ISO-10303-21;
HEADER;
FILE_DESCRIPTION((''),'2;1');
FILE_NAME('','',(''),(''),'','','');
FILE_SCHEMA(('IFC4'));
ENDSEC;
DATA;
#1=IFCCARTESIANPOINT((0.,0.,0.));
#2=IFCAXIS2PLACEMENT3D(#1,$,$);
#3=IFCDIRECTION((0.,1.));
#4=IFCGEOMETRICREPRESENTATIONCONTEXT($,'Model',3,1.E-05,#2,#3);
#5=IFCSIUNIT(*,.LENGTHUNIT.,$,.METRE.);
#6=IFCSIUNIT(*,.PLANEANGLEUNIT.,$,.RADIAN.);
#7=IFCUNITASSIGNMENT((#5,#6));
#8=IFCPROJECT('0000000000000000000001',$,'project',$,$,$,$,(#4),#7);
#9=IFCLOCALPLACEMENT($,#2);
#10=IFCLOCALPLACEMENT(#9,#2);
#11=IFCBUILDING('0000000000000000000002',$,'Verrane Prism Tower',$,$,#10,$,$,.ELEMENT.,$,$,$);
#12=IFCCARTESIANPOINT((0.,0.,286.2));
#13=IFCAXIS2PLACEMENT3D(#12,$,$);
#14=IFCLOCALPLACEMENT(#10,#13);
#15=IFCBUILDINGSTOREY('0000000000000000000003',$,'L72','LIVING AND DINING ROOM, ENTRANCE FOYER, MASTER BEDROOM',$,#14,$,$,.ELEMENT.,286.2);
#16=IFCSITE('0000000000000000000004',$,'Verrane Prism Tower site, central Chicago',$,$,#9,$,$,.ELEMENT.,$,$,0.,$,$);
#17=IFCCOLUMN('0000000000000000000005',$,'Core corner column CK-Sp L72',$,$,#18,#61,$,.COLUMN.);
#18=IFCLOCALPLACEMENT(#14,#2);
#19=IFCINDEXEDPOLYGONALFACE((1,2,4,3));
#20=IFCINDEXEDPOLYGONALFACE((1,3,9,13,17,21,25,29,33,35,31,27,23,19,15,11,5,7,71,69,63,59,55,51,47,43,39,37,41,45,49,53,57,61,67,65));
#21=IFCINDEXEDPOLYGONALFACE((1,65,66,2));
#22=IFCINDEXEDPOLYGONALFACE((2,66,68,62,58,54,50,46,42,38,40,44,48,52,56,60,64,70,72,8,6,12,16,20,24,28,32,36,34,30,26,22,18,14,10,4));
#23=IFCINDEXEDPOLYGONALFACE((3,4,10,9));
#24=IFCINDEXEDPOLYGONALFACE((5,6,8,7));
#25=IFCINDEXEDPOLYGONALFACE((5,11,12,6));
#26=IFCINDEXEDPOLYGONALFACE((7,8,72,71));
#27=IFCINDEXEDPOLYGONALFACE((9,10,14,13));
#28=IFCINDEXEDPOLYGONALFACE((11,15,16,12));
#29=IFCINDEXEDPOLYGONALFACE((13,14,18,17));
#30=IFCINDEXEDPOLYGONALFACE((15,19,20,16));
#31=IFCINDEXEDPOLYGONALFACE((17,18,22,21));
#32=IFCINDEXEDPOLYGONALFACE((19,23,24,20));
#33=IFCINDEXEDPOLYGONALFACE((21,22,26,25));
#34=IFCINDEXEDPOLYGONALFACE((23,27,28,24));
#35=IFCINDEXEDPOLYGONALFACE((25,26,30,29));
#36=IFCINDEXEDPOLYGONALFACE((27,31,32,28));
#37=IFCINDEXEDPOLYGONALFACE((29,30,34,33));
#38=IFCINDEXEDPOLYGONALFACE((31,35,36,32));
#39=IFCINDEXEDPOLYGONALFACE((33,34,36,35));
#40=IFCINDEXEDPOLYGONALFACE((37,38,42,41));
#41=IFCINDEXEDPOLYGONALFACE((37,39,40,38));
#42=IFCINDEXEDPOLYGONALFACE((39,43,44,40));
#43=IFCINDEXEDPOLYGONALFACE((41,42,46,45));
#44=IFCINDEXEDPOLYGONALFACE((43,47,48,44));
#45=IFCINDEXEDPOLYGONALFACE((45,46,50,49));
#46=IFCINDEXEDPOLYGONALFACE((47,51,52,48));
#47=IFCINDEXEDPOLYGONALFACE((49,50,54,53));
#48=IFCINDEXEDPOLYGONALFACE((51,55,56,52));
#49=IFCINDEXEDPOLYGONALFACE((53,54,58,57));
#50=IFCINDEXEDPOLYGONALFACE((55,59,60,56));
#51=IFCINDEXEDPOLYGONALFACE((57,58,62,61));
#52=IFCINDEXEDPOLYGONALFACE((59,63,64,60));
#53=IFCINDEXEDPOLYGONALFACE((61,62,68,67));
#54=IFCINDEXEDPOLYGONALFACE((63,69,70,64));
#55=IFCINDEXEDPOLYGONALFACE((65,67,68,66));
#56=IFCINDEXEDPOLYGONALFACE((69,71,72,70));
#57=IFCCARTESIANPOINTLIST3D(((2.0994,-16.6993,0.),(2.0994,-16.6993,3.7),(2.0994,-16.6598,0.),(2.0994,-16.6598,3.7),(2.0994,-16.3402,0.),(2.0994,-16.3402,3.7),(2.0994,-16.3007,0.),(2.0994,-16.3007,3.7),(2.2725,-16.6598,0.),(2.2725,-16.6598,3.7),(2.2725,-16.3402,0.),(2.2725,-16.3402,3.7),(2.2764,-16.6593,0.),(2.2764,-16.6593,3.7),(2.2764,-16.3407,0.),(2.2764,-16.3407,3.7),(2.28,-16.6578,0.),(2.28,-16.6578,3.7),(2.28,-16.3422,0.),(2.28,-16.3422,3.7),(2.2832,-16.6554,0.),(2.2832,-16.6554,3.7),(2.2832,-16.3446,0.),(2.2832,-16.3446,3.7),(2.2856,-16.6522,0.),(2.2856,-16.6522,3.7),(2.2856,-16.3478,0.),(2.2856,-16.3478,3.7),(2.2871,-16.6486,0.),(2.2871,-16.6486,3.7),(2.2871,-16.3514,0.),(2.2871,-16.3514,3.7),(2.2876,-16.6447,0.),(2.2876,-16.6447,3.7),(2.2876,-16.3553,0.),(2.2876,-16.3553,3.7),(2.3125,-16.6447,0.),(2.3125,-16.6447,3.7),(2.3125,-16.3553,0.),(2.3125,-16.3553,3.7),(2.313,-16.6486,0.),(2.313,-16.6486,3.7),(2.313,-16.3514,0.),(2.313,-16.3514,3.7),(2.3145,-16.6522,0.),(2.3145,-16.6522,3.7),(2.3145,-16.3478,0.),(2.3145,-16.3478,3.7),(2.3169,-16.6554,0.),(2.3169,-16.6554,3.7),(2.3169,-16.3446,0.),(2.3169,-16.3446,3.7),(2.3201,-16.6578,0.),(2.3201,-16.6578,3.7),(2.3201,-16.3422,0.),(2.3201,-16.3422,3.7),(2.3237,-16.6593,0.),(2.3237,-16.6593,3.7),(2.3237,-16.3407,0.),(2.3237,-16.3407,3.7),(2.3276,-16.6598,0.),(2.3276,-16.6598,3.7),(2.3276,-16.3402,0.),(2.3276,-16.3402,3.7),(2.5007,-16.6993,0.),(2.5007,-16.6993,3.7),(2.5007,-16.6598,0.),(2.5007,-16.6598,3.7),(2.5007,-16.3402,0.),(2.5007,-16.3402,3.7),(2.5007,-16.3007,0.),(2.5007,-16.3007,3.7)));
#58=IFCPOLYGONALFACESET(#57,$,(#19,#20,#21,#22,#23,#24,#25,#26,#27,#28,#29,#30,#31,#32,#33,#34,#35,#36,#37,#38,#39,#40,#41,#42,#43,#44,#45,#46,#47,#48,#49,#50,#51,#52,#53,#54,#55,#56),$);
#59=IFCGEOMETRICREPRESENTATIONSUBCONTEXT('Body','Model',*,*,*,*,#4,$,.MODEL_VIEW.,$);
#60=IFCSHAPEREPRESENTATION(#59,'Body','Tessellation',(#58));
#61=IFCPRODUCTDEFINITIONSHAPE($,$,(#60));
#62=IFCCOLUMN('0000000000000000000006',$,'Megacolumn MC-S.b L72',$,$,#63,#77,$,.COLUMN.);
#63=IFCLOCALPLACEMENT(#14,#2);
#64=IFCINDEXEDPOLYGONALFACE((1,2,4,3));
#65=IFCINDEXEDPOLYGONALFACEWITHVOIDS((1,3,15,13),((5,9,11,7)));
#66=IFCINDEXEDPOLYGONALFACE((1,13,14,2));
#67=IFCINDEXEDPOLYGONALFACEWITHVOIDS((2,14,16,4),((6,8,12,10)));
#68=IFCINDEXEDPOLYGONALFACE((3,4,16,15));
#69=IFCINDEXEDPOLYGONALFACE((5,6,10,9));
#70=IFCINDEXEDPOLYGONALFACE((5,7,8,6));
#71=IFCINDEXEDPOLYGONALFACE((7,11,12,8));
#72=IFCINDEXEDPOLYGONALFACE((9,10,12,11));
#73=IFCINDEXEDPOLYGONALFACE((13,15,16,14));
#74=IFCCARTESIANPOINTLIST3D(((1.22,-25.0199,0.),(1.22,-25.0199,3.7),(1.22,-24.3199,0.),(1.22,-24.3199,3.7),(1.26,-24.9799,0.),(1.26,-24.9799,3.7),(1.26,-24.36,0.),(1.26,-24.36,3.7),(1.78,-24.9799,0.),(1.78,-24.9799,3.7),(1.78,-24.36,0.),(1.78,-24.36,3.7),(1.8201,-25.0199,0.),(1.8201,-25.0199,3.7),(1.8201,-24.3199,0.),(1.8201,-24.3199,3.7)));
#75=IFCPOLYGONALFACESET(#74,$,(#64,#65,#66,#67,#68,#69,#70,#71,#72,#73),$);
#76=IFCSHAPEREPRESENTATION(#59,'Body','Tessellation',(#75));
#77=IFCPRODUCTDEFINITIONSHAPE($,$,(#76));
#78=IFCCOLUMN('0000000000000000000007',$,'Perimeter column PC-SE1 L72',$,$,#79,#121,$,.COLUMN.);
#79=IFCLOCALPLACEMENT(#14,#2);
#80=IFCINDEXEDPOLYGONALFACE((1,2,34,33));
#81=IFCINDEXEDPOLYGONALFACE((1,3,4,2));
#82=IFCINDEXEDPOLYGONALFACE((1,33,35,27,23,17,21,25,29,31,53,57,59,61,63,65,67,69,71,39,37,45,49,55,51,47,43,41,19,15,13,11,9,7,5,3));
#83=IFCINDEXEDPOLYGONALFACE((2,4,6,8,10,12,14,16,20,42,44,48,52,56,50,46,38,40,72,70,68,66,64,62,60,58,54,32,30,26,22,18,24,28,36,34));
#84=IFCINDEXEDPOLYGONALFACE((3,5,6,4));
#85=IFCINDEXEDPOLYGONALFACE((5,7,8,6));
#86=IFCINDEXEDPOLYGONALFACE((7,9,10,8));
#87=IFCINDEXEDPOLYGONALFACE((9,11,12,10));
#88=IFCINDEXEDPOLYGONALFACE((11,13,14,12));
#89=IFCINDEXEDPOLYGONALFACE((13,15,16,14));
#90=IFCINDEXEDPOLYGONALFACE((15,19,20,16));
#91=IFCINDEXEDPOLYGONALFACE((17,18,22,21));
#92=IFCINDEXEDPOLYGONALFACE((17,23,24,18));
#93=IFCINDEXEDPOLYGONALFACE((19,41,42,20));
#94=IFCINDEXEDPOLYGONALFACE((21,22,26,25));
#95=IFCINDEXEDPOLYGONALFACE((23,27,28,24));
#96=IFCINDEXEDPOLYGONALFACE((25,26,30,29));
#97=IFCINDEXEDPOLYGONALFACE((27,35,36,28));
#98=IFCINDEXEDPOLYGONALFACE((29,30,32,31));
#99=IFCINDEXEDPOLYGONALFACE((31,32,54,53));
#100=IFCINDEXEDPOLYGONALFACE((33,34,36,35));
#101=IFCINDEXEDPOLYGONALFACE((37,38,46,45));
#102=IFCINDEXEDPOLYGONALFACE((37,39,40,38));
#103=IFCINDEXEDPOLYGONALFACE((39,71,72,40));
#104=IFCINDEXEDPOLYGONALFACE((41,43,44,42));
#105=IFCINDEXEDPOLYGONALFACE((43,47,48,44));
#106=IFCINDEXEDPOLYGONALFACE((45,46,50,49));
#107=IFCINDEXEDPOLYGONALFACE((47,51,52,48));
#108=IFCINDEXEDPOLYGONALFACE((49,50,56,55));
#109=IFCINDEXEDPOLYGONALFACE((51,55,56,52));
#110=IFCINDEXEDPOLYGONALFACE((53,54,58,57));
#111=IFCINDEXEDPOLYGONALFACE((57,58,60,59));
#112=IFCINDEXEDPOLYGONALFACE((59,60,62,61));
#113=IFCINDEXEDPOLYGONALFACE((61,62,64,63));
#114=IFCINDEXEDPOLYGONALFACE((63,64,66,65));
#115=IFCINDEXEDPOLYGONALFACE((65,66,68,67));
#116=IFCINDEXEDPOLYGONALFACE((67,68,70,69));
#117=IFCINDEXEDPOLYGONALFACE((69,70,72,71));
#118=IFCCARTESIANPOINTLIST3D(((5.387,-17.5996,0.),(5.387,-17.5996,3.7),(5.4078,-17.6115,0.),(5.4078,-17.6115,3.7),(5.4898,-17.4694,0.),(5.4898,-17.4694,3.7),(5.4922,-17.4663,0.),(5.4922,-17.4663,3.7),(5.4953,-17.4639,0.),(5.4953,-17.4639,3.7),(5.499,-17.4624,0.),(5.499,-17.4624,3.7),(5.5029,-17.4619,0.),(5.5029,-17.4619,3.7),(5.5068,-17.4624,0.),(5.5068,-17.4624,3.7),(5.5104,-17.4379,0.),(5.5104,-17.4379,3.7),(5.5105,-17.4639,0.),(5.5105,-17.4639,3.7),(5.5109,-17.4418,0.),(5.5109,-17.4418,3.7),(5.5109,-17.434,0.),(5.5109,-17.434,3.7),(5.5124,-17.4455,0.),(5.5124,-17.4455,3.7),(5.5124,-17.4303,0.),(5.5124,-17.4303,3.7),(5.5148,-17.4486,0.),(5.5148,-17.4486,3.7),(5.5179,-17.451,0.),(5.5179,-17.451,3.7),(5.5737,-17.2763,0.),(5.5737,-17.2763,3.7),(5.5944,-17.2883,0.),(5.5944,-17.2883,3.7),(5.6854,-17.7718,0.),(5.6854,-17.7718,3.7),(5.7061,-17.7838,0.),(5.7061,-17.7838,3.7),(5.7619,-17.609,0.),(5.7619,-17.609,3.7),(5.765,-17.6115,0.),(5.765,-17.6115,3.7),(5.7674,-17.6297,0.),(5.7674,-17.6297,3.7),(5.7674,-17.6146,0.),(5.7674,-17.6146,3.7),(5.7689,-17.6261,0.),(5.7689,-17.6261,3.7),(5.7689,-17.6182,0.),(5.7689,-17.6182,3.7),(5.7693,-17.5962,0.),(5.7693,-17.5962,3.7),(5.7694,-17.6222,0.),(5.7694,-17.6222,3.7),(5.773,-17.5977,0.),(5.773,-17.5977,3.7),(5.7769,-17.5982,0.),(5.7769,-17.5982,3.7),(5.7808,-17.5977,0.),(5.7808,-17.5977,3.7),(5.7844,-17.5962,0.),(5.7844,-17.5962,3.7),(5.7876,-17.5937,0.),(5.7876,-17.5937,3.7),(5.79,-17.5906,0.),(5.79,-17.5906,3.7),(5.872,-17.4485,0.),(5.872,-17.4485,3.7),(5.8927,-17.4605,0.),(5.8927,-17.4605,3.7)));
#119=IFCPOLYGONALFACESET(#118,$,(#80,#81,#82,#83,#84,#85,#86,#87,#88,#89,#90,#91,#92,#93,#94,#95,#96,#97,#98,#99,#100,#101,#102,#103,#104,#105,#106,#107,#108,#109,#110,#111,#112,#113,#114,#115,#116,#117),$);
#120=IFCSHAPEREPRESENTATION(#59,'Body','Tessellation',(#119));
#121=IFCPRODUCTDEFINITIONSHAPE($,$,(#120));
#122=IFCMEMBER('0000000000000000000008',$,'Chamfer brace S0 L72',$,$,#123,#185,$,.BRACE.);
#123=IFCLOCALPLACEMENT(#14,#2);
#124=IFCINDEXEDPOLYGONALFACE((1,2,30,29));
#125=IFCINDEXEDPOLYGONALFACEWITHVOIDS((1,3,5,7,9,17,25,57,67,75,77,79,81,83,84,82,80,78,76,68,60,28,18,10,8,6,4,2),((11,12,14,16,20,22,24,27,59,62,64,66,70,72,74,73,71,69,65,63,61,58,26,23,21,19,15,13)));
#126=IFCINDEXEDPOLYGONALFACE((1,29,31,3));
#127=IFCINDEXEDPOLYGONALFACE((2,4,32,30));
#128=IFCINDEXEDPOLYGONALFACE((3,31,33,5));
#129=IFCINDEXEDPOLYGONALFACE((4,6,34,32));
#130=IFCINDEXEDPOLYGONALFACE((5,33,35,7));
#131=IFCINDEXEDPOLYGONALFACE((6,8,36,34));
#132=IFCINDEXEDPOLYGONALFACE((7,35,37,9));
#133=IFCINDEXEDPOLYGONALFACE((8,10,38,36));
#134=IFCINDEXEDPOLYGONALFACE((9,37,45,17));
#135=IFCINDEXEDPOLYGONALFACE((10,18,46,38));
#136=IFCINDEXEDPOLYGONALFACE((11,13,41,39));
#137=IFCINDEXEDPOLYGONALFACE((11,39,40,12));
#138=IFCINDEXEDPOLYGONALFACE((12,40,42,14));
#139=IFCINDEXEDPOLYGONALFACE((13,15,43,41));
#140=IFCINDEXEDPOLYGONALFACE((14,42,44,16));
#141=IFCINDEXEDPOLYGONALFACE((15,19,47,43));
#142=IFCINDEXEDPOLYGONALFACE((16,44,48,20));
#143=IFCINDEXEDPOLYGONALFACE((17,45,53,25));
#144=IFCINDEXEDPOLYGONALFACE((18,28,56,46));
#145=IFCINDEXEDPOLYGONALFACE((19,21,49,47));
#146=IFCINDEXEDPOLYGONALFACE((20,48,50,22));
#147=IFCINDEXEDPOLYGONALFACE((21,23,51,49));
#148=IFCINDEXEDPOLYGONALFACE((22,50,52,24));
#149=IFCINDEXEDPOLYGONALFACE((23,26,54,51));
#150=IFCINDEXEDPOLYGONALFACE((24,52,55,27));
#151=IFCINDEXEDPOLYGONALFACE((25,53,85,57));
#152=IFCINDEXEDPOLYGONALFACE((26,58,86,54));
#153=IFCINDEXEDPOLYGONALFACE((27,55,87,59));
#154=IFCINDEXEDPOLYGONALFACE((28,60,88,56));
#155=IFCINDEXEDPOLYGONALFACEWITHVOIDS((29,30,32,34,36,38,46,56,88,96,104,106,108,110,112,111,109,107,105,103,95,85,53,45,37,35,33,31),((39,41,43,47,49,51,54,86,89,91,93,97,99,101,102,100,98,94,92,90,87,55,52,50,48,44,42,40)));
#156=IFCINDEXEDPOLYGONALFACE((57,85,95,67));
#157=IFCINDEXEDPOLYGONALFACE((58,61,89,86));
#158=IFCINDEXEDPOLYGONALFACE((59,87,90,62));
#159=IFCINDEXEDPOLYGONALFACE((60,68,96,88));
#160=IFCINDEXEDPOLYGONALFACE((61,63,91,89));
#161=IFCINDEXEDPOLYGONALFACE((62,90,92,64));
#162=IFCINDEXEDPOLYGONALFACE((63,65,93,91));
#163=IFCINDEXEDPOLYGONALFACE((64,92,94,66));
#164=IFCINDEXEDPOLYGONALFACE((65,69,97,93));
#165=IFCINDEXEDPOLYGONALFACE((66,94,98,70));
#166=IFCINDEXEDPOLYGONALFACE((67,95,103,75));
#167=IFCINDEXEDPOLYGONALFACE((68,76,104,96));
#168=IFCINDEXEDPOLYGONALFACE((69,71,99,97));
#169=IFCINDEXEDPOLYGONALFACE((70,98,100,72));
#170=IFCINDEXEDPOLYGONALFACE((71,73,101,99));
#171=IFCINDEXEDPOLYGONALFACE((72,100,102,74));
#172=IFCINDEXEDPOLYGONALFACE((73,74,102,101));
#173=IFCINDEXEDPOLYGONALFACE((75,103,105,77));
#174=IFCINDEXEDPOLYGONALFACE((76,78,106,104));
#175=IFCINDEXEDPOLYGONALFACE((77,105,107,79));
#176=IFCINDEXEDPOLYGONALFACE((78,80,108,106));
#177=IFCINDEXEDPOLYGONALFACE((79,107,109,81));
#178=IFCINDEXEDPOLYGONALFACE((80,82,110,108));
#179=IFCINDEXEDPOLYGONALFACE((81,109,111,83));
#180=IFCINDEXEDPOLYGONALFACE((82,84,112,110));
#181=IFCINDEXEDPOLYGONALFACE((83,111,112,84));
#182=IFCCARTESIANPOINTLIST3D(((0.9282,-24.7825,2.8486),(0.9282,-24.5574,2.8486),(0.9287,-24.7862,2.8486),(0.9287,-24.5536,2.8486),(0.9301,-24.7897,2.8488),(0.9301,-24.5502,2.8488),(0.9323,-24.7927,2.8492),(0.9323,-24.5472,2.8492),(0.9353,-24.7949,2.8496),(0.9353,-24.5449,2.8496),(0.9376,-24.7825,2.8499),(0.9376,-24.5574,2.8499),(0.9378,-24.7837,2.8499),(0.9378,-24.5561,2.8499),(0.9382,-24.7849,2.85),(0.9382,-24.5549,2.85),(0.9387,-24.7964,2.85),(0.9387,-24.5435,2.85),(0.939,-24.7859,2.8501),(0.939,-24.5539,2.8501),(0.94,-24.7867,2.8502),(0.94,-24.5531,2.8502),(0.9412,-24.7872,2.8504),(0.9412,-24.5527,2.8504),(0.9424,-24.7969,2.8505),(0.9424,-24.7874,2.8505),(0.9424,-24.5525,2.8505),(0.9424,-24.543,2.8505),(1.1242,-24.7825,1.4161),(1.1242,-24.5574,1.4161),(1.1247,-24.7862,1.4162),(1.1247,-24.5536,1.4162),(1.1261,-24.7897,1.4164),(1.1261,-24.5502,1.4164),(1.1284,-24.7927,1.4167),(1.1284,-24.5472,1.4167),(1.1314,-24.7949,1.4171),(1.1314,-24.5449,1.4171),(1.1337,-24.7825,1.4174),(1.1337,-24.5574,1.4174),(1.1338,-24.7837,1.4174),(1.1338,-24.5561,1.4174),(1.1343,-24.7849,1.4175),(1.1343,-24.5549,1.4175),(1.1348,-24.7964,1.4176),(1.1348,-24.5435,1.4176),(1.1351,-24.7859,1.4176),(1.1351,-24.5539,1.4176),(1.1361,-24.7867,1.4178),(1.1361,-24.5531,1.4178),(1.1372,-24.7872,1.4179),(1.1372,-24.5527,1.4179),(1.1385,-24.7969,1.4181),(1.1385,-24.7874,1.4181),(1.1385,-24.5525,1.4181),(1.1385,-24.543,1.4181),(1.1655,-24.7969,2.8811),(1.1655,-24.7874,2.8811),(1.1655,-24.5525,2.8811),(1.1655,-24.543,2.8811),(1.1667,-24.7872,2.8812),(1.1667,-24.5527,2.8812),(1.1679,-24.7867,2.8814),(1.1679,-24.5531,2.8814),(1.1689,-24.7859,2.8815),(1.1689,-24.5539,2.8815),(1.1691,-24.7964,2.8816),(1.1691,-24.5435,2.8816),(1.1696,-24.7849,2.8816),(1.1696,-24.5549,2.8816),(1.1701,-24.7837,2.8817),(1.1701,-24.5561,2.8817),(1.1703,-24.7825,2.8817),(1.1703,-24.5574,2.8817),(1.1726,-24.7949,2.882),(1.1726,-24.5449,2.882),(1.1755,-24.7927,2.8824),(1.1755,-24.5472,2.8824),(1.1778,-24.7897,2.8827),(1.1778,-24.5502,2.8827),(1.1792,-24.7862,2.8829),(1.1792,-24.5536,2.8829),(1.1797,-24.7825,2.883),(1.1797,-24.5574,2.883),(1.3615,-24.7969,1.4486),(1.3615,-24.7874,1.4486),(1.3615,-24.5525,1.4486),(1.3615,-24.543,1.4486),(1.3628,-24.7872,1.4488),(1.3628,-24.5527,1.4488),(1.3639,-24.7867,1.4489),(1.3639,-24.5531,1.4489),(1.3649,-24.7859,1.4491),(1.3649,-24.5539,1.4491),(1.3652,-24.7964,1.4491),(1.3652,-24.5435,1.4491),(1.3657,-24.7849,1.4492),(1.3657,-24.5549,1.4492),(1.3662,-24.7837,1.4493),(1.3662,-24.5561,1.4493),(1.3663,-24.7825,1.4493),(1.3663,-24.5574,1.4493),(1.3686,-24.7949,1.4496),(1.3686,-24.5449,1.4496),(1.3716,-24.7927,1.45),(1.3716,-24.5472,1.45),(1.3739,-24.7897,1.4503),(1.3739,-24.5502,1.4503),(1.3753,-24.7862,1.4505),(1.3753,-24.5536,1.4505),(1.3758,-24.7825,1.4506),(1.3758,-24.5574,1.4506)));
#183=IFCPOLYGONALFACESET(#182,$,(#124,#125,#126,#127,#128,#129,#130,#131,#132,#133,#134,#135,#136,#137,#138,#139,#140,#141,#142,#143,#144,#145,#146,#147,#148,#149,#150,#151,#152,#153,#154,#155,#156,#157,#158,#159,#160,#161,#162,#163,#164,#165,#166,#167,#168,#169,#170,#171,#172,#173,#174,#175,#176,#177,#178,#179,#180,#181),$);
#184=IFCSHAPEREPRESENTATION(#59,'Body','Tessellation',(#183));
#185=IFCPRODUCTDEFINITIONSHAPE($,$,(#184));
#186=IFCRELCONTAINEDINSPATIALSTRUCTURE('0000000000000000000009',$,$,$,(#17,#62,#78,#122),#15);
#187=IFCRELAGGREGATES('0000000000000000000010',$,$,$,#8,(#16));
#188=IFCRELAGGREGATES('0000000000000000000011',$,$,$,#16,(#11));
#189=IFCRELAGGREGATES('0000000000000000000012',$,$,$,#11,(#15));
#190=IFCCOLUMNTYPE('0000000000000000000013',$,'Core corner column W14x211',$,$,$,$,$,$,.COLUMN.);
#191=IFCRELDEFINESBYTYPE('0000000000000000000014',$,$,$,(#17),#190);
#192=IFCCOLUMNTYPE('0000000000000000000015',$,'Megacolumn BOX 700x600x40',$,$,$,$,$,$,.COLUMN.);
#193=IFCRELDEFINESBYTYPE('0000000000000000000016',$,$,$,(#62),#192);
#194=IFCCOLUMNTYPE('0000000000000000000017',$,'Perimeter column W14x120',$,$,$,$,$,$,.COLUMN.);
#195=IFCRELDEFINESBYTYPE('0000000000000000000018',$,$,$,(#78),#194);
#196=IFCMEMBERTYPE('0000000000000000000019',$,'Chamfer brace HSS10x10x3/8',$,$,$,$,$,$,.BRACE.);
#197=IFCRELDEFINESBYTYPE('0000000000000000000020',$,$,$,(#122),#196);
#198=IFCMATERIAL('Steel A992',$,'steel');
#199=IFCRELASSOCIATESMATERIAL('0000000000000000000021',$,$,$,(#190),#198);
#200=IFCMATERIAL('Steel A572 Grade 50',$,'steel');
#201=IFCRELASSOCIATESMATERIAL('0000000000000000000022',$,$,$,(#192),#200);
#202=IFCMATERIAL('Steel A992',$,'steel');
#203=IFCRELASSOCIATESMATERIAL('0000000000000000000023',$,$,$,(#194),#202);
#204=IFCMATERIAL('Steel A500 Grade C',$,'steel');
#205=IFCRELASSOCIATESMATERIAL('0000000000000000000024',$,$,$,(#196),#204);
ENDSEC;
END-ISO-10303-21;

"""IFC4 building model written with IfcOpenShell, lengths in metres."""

from ifc_helpers import new_model, si_unit, direction, frame, origin, origin_2d, place, context, subcontext, project, spatial, hollow_rectangle, i_section, extrude, material, material_profile, profile_set, type_object, element, save


model = new_model("IFC4")

# Units and contexts
model_context = context("Model", 3, precision=1e-05, world=origin(), true_north=direction((0.0, 1.0)))
body_context = subcontext(model_context, "Body", "Model", "MODEL_VIEW")
ifc_project = project(units=[si_unit("LENGTHUNIT", "METRE"), si_unit("PLANEANGLEUNIT", "RADIAN")], contexts=[model_context])

# Site, building, storey
site_placement = place(None, origin())
site = spatial("IfcSite", under=ifc_project, at=site_placement, Name="Verrane Prism Tower site, central Chicago", CompositionType="ELEMENT", RefElevation=0.0)
building_placement = place(site_placement, origin())
building = spatial("IfcBuilding", under=site, at=building_placement, Name="Verrane Prism Tower", CompositionType="ELEMENT")
storey_placement = place(building_placement, frame((0.0, 0.0, 286.2)))
storey = spatial("IfcBuildingStorey", under=building, at=storey_placement, Name="L72", Description="LIVING AND DINING ROOM, ENTRANCE FOYER, MASTER BEDROOM", CompositionType="ELEMENT", Elevation=286.2)

# Columns
ifc_material_1 = material(Name="Steel A992", Category="steel")
ifc_material_profile_1 = material_profile(ifc_material_1, i_section(OverallWidth=0.4014, OverallDepth=0.3987, WebThickness=0.0249, FlangeThickness=0.0396, FilletRadius=0.0151, at=origin_2d()), Name="W14x211")
ifc_profile_set_1 = profile_set([ifc_material_profile_1], Name="Steel A992")
column_type_1 = type_object("IfcColumnType", Name="Core corner column W14x211", PredefinedType="COLUMN", material=ifc_profile_set_1)
column_1_placement = place(storey_placement, frame((2.3, -16.5, 0.0), z_axis=(0.0, 0.0, 1.0), x_axis=(-1.0, 0.0, 0.0)))
element("IfcColumn", 1, at=column_1_placement, inside=storey, type_object=column_type_1, Name="Core corner column CK-Sp L72", PredefinedType="COLUMN", context=body_context, shape_type="SweptSolid", body=[
    extrude(i_section(OverallWidth=0.4014, OverallDepth=0.3987, WebThickness=0.0249, FlangeThickness=0.0396, FilletRadius=0.0151, at=origin_2d()), origin(), (0.0, 0.0, 1.0), 3.7),
])
ifc_material_2 = material(Name="Steel A572 Grade 50", Category="steel")
ifc_material_profile_2 = material_profile(ifc_material_2, hollow_rectangle(XDim=0.6001, YDim=0.7, WallThickness=0.04, at=origin_2d()), Name="BOX 700x600x40")
ifc_profile_set_2 = profile_set([ifc_material_profile_2], Name="Steel A572 Grade 50")
column_type_2 = type_object("IfcColumnType", Name="Megacolumn BOX 700x600x40", PredefinedType="COLUMN", material=ifc_profile_set_2)
column_2_placement = place(storey_placement, frame((1.52, -24.6699, 0.0), z_axis=(0.0, 0.0, 1.0), x_axis=(-1.0, 0.0, 0.0)))
element("IfcColumn", 2, at=column_2_placement, inside=storey, type_object=column_type_2, Name="Megacolumn MC-S.b L72", PredefinedType="COLUMN", context=body_context, shape_type="SweptSolid", body=[
    extrude(hollow_rectangle(XDim=0.6001, YDim=0.7, WallThickness=0.04, at=origin_2d()), origin(), (0.0, 0.0, 1.0), 3.7),
])
ifc_material_3 = material(Name="Steel A992", Category="steel")
ifc_material_profile_3 = material_profile(ifc_material_3, i_section(OverallWidth=0.3733, OverallDepth=0.3684, WebThickness=0.0149, FlangeThickness=0.0239, FilletRadius=0.0151, at=origin_2d()), Name="W14x120")
ifc_profile_set_3 = profile_set([ifc_material_profile_3], Name="Steel A992")
column_type_3 = type_object("IfcColumnType", Name="Perimeter column W14x120", PredefinedType="COLUMN", material=ifc_profile_set_3)
column_3_placement = place(storey_placement, frame((5.6399, -17.53, 0.0), z_axis=(0.0, 0.0, 1.0), x_axis=(-0.5, -0.866025, 0.0)))
element("IfcColumn", 3, at=column_3_placement, inside=storey, type_object=column_type_3, Name="Perimeter column PC-SE1 L72", PredefinedType="COLUMN", context=body_context, shape_type="SweptSolid", body=[
    extrude(i_section(OverallWidth=0.3733, OverallDepth=0.3684, WebThickness=0.0149, FlangeThickness=0.0239, FilletRadius=0.0151, at=origin_2d()), origin(), (0.0, 0.0, 1.0), 3.7),
])

# Member
ifc_material_4 = material(Name="Steel A500 Grade C", Category="steel")
ifc_material_profile_4 = material_profile(ifc_material_4, hollow_rectangle(XDim=0.2539, YDim=0.2539, WallThickness=0.0095, InnerFilletRadius=0.0049, OuterFilletRadius=0.0144, at=origin_2d()), Name="HSS10x10x3/8")
ifc_profile_set_4 = profile_set([ifc_material_profile_4], Name="Steel A500 Grade C")
member_type_1 = type_object("IfcMemberType", Name="Chamfer brace HSS10x10x3/8", PredefinedType="BRACE", material=ifc_profile_set_4)
member_1_placement = place(storey_placement, frame((1.25, -24.6699, 1.4333), z_axis=(-0.135603, 0.0, 0.990763), x_axis=(0.0, -1.0, 0.0)))
element("IfcMember", 4, at=member_1_placement, inside=storey, type_object=member_type_1, Name="Chamfer brace S0 L72", PredefinedType="BRACE", context=body_context, shape_type="SweptSolid", body=[
    extrude(hollow_rectangle(XDim=0.2539, YDim=0.2539, WallThickness=0.0095, InnerFilletRadius=0.0049, OuterFilletRadius=0.0144, at=origin_2d()), origin(), (0.0, 0.0, 1.0), 1.4458),
])

save(model, "model.ifc")
